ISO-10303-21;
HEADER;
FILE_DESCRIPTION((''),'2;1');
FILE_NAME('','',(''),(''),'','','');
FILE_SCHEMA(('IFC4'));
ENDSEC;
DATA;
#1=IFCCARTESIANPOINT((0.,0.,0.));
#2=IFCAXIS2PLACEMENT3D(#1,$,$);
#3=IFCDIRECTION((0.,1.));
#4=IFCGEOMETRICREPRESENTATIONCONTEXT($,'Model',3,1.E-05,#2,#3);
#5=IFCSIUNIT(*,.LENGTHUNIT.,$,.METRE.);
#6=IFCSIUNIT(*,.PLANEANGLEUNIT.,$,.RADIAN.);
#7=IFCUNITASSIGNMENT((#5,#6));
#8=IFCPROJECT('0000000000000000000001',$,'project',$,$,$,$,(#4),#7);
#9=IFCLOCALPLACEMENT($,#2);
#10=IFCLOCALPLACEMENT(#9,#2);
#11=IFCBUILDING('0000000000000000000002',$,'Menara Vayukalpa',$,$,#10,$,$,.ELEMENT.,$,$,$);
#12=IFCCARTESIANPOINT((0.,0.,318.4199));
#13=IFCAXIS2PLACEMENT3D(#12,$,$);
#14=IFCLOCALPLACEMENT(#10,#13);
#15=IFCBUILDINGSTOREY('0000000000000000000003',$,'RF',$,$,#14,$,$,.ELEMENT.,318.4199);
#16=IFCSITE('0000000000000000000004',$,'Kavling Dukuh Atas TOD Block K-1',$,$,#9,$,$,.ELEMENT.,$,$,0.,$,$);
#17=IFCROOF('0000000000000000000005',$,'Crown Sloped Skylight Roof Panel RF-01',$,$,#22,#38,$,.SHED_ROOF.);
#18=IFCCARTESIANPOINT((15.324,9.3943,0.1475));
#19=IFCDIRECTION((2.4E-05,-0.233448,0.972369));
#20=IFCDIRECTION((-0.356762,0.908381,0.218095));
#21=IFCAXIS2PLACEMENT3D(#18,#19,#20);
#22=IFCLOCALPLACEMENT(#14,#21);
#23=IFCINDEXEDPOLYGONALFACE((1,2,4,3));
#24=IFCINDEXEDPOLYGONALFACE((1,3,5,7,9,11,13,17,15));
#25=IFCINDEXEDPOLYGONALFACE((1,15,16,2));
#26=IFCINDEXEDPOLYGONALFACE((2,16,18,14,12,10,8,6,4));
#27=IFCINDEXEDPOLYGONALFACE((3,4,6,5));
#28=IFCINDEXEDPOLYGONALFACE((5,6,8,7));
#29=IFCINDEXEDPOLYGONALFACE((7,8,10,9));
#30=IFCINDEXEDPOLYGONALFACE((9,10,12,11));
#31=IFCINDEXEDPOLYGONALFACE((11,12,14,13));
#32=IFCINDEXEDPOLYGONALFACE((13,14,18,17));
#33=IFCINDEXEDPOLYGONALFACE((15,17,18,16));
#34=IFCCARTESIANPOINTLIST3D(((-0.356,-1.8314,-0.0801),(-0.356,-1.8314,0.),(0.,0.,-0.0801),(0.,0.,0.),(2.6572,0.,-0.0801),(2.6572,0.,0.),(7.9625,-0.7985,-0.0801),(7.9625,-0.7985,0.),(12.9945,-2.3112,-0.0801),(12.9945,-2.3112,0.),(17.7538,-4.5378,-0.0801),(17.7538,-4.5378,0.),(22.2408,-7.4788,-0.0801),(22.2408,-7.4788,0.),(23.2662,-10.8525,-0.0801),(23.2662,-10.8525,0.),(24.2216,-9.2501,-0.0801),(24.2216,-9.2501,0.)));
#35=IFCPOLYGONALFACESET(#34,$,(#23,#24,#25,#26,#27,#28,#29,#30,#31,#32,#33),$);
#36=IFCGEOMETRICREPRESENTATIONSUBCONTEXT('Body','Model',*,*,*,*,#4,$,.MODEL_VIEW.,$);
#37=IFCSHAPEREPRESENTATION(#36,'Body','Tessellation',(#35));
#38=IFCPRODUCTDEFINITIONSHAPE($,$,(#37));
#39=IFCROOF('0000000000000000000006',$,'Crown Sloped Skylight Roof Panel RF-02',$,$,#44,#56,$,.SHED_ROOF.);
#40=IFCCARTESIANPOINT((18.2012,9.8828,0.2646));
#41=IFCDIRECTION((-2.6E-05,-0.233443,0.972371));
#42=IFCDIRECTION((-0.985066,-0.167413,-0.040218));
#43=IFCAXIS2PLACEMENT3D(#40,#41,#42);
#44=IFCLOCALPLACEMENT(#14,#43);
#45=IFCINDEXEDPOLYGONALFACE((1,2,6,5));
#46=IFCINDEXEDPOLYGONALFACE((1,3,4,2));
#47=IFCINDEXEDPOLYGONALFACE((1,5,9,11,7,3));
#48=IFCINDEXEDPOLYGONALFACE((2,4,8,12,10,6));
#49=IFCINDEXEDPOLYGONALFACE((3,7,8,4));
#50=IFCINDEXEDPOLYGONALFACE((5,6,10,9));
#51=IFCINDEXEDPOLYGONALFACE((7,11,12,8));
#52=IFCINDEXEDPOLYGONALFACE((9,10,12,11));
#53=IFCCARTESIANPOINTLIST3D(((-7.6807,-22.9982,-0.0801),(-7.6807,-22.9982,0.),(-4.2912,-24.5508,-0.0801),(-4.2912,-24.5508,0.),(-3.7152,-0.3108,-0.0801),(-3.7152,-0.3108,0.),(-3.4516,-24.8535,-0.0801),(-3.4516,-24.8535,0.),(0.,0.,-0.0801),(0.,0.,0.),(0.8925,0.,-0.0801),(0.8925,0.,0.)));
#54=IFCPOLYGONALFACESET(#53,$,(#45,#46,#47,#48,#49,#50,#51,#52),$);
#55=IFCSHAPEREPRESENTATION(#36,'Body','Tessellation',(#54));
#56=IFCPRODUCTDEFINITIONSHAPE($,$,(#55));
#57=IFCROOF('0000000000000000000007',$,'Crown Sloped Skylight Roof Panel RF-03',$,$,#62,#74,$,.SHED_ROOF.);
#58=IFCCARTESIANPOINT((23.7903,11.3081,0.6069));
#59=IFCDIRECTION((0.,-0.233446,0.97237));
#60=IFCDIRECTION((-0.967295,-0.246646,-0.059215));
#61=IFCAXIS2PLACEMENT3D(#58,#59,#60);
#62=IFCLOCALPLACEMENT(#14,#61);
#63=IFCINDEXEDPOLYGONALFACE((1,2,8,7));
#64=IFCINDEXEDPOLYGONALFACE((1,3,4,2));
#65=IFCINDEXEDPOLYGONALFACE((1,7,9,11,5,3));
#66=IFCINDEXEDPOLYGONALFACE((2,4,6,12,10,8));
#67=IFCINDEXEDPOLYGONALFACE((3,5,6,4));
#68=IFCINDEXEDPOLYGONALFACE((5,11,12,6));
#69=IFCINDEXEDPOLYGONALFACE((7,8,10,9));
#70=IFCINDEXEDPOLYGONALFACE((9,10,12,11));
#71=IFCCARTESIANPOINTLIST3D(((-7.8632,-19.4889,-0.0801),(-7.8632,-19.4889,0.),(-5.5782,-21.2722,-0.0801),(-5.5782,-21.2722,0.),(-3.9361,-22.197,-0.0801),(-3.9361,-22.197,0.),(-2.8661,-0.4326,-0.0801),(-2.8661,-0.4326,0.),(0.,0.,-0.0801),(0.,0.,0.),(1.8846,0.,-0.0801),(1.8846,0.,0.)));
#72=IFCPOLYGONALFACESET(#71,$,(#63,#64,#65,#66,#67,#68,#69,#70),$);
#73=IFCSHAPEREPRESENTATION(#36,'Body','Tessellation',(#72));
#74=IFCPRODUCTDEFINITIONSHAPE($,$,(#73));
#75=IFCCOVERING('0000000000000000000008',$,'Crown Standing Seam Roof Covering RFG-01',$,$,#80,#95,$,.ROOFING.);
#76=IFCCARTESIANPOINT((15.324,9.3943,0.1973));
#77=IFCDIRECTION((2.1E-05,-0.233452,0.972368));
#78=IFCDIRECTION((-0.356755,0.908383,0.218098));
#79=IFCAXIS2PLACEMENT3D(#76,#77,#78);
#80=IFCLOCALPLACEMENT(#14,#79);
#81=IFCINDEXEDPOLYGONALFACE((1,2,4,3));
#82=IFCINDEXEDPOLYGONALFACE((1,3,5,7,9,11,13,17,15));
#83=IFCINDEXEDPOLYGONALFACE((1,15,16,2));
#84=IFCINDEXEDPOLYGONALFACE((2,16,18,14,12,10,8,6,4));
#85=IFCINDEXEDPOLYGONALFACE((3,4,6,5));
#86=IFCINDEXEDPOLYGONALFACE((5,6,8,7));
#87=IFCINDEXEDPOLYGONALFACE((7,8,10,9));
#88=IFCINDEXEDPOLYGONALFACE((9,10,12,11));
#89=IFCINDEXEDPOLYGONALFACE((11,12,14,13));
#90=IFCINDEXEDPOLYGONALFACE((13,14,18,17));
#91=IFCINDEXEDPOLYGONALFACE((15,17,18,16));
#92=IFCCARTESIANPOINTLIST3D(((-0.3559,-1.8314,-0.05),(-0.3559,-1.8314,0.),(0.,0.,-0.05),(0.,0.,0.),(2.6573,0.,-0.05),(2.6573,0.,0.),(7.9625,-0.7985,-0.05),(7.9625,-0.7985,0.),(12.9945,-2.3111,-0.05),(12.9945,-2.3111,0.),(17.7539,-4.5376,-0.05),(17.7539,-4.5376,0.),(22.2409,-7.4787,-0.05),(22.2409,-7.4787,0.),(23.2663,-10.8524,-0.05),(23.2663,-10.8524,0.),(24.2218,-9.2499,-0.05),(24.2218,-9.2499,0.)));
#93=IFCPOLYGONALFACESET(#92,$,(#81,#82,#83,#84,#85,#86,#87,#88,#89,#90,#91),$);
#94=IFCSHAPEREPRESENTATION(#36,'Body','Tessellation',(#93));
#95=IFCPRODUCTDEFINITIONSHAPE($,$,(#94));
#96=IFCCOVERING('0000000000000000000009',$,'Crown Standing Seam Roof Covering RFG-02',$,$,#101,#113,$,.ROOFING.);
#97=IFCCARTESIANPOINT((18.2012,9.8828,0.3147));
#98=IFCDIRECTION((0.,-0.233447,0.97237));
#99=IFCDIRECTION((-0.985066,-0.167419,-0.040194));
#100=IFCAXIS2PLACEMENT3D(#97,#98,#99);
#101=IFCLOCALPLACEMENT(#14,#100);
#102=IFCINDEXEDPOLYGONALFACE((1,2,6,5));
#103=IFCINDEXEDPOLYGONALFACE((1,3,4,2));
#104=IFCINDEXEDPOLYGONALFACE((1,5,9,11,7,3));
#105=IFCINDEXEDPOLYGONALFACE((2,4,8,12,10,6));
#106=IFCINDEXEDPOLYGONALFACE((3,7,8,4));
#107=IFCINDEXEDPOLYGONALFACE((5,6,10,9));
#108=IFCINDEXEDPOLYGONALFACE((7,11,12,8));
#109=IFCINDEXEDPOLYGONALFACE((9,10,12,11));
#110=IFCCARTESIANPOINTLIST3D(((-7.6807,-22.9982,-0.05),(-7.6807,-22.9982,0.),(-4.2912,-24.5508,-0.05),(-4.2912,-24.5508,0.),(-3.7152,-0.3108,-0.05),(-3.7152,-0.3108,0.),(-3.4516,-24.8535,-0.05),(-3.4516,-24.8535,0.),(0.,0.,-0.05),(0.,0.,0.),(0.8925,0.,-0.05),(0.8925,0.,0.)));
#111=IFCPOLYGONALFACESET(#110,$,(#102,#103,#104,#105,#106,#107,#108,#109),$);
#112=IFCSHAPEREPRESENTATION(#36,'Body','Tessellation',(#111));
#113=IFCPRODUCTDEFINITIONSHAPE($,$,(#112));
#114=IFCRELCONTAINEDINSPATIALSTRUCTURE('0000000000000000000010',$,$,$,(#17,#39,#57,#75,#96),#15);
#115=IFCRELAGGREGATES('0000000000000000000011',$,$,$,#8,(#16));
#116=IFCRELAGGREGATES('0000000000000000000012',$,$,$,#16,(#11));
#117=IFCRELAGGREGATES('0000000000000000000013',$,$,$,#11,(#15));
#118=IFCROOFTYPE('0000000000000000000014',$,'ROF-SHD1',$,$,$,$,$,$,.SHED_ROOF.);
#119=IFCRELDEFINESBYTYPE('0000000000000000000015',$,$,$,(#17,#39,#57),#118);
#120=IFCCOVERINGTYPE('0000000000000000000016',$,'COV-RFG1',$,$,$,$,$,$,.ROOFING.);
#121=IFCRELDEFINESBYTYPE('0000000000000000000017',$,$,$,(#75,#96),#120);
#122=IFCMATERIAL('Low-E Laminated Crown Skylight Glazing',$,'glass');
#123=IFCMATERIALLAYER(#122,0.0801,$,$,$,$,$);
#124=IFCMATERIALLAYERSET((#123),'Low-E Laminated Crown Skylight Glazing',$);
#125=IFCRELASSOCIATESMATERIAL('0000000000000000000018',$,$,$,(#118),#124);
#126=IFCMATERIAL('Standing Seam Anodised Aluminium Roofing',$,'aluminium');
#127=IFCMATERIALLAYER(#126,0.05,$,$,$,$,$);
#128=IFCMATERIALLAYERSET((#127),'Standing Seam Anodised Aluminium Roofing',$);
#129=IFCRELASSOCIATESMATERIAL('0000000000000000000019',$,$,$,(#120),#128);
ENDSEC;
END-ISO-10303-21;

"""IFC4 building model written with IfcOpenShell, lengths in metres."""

from ifc_helpers import new_model, si_unit, direction, frame, origin, place, context, subcontext, project, spatial, polyline, outline, extrude, material, layer, layer_set, type_object, element, save


model = new_model("IFC4")

# Units and contexts
model_context = context("Model", 3, precision=1e-05, world=origin(), true_north=direction((0.0, 1.0)))
body_context = subcontext(model_context, "Body", "Model", "MODEL_VIEW")
ifc_project = project(units=[si_unit("LENGTHUNIT", "METRE"), si_unit("PLANEANGLEUNIT", "RADIAN")], contexts=[model_context])

# Site, building, storey
site_placement = place(None, origin())
site = spatial("IfcSite", under=ifc_project, at=site_placement, Name="Kavling Dukuh Atas TOD Block K-1", CompositionType="ELEMENT", RefElevation=0.0)
building_placement = place(site_placement, origin())
building = spatial("IfcBuilding", under=site, at=building_placement, Name="Menara Vayukalpa", CompositionType="ELEMENT")
storey_placement = place(building_placement, frame((0.0, 0.0, 318.4199)))
storey = spatial("IfcBuildingStorey", under=building, at=storey_placement, Name="RF", CompositionType="ELEMENT", Elevation=318.4199)

# Roofs
ifc_material_1 = material(Name="Low-E Laminated Crown Skylight Glazing", Category="glass")
ifc_layer_1 = layer(ifc_material_1, 0.0801)
ifc_layer_set_1 = layer_set([ifc_layer_1], Name="Low-E Laminated Crown Skylight Glazing")
roof_type = type_object("IfcRoofType", Name="ROF-SHD1", PredefinedType="SHED_ROOF", material=ifc_layer_set_1)
roof_1_placement = place(storey_placement, frame((15.324, 9.3943, 0.1475), z_axis=(0.000024, -0.233448, 0.972369), x_axis=(-0.356762, 0.908381, 0.218095)))
element("IfcRoof", 1, at=roof_1_placement, inside=storey, type_object=roof_type, Name="Crown Sloped Skylight Roof Panel RF-01", PredefinedType="SHED_ROOF", context=body_context, shape_type="SweptSolid", body=[
    extrude(outline(polyline([(0.0, 0.0), (2.6572, 0.0), (7.9625, -0.7985), (12.9945, -2.3112), (17.7538, -4.5378), (22.2408, -7.4788), (24.2216, -9.2501), (23.2662, -10.8525), (-0.356, -1.8314), (0.0, 0.0)])), origin(), (0.0, 0.0, -1.0), 0.0801),
])
roof_2_placement = place(storey_placement, frame((18.2012, 9.8828, 0.2646), z_axis=(-0.000026, -0.233443, 0.972371), x_axis=(-0.985066, -0.167413, -0.040218)))
element("IfcRoof", 2, at=roof_2_placement, inside=storey, type_object=roof_type, Name="Crown Sloped Skylight Roof Panel RF-02", PredefinedType="SHED_ROOF", context=body_context, shape_type="SweptSolid", body=[
    extrude(outline(polyline([(0.0, 0.0), (0.8925, 0.0), (-3.4516, -24.8535), (-4.2912, -24.5508), (-7.6807, -22.9982), (-3.7152, -0.3108), (0.0, 0.0)])), origin(), (0.0, 0.0, -1.0), 0.0801),
])
roof_3_placement = place(storey_placement, frame((23.7903, 11.3081, 0.6069), z_axis=(0.0, -0.233446, 0.97237), x_axis=(-0.967295, -0.246646, -0.059215)))
element("IfcRoof", 3, at=roof_3_placement, inside=storey, type_object=roof_type, Name="Crown Sloped Skylight Roof Panel RF-03", PredefinedType="SHED_ROOF", context=body_context, shape_type="SweptSolid", body=[
    extrude(outline(polyline([(0.0, 0.0), (1.8846, 0.0), (-3.9361, -22.197), (-5.5782, -21.2722), (-7.8632, -19.4889), (-2.8661, -0.4326), (0.0, 0.0)])), origin(), (0.0, 0.0, -1.0), 0.0801),
])

# Coverings
ifc_material_2 = material(Name="Standing Seam Anodised Aluminium Roofing", Category="aluminium")
ifc_layer_2 = layer(ifc_material_2, 0.05)
ifc_layer_set_2 = layer_set([ifc_layer_2], Name="Standing Seam Anodised Aluminium Roofing")
covering_type = type_object("IfcCoveringType", Name="COV-RFG1", PredefinedType="ROOFING", material=ifc_layer_set_2)
covering_1_placement = place(storey_placement, frame((15.324, 9.3943, 0.1973), z_axis=(0.000021, -0.233452, 0.972368), x_axis=(-0.356755, 0.908383, 0.218098)))
element("IfcCovering", 4, at=covering_1_placement, inside=storey, type_object=covering_type, Name="Crown Standing Seam Roof Covering RFG-01", PredefinedType="ROOFING", context=body_context, shape_type="SweptSolid", body=[
    extrude(outline(polyline([(0.0, 0.0), (2.6573, 0.0), (7.9625, -0.7985), (12.9945, -2.3111), (17.7539, -4.5376), (22.2409, -7.4787), (24.2218, -9.2499), (23.2663, -10.8524), (-0.3559, -1.8314), (0.0, 0.0)])), origin(), (0.0, 0.0, -1.0), 0.05),
])
covering_2_placement = place(storey_placement, frame((18.2012, 9.8828, 0.3147), z_axis=(0.0, -0.233447, 0.97237), x_axis=(-0.985066, -0.167419, -0.040194)))
element("IfcCovering", 5, at=covering_2_placement, inside=storey, type_object=covering_type, Name="Crown Standing Seam Roof Covering RFG-02", PredefinedType="ROOFING", context=body_context, shape_type="SweptSolid", body=[
    extrude(outline(polyline([(0.0, 0.0), (0.8925, 0.0), (-3.4516, -24.8535), (-4.2912, -24.5508), (-7.6807, -22.9982), (-3.7152, -0.3108), (0.0, 0.0)])), origin(), (0.0, 0.0, -1.0), 0.05),
])

save(model, "model.ifc")
